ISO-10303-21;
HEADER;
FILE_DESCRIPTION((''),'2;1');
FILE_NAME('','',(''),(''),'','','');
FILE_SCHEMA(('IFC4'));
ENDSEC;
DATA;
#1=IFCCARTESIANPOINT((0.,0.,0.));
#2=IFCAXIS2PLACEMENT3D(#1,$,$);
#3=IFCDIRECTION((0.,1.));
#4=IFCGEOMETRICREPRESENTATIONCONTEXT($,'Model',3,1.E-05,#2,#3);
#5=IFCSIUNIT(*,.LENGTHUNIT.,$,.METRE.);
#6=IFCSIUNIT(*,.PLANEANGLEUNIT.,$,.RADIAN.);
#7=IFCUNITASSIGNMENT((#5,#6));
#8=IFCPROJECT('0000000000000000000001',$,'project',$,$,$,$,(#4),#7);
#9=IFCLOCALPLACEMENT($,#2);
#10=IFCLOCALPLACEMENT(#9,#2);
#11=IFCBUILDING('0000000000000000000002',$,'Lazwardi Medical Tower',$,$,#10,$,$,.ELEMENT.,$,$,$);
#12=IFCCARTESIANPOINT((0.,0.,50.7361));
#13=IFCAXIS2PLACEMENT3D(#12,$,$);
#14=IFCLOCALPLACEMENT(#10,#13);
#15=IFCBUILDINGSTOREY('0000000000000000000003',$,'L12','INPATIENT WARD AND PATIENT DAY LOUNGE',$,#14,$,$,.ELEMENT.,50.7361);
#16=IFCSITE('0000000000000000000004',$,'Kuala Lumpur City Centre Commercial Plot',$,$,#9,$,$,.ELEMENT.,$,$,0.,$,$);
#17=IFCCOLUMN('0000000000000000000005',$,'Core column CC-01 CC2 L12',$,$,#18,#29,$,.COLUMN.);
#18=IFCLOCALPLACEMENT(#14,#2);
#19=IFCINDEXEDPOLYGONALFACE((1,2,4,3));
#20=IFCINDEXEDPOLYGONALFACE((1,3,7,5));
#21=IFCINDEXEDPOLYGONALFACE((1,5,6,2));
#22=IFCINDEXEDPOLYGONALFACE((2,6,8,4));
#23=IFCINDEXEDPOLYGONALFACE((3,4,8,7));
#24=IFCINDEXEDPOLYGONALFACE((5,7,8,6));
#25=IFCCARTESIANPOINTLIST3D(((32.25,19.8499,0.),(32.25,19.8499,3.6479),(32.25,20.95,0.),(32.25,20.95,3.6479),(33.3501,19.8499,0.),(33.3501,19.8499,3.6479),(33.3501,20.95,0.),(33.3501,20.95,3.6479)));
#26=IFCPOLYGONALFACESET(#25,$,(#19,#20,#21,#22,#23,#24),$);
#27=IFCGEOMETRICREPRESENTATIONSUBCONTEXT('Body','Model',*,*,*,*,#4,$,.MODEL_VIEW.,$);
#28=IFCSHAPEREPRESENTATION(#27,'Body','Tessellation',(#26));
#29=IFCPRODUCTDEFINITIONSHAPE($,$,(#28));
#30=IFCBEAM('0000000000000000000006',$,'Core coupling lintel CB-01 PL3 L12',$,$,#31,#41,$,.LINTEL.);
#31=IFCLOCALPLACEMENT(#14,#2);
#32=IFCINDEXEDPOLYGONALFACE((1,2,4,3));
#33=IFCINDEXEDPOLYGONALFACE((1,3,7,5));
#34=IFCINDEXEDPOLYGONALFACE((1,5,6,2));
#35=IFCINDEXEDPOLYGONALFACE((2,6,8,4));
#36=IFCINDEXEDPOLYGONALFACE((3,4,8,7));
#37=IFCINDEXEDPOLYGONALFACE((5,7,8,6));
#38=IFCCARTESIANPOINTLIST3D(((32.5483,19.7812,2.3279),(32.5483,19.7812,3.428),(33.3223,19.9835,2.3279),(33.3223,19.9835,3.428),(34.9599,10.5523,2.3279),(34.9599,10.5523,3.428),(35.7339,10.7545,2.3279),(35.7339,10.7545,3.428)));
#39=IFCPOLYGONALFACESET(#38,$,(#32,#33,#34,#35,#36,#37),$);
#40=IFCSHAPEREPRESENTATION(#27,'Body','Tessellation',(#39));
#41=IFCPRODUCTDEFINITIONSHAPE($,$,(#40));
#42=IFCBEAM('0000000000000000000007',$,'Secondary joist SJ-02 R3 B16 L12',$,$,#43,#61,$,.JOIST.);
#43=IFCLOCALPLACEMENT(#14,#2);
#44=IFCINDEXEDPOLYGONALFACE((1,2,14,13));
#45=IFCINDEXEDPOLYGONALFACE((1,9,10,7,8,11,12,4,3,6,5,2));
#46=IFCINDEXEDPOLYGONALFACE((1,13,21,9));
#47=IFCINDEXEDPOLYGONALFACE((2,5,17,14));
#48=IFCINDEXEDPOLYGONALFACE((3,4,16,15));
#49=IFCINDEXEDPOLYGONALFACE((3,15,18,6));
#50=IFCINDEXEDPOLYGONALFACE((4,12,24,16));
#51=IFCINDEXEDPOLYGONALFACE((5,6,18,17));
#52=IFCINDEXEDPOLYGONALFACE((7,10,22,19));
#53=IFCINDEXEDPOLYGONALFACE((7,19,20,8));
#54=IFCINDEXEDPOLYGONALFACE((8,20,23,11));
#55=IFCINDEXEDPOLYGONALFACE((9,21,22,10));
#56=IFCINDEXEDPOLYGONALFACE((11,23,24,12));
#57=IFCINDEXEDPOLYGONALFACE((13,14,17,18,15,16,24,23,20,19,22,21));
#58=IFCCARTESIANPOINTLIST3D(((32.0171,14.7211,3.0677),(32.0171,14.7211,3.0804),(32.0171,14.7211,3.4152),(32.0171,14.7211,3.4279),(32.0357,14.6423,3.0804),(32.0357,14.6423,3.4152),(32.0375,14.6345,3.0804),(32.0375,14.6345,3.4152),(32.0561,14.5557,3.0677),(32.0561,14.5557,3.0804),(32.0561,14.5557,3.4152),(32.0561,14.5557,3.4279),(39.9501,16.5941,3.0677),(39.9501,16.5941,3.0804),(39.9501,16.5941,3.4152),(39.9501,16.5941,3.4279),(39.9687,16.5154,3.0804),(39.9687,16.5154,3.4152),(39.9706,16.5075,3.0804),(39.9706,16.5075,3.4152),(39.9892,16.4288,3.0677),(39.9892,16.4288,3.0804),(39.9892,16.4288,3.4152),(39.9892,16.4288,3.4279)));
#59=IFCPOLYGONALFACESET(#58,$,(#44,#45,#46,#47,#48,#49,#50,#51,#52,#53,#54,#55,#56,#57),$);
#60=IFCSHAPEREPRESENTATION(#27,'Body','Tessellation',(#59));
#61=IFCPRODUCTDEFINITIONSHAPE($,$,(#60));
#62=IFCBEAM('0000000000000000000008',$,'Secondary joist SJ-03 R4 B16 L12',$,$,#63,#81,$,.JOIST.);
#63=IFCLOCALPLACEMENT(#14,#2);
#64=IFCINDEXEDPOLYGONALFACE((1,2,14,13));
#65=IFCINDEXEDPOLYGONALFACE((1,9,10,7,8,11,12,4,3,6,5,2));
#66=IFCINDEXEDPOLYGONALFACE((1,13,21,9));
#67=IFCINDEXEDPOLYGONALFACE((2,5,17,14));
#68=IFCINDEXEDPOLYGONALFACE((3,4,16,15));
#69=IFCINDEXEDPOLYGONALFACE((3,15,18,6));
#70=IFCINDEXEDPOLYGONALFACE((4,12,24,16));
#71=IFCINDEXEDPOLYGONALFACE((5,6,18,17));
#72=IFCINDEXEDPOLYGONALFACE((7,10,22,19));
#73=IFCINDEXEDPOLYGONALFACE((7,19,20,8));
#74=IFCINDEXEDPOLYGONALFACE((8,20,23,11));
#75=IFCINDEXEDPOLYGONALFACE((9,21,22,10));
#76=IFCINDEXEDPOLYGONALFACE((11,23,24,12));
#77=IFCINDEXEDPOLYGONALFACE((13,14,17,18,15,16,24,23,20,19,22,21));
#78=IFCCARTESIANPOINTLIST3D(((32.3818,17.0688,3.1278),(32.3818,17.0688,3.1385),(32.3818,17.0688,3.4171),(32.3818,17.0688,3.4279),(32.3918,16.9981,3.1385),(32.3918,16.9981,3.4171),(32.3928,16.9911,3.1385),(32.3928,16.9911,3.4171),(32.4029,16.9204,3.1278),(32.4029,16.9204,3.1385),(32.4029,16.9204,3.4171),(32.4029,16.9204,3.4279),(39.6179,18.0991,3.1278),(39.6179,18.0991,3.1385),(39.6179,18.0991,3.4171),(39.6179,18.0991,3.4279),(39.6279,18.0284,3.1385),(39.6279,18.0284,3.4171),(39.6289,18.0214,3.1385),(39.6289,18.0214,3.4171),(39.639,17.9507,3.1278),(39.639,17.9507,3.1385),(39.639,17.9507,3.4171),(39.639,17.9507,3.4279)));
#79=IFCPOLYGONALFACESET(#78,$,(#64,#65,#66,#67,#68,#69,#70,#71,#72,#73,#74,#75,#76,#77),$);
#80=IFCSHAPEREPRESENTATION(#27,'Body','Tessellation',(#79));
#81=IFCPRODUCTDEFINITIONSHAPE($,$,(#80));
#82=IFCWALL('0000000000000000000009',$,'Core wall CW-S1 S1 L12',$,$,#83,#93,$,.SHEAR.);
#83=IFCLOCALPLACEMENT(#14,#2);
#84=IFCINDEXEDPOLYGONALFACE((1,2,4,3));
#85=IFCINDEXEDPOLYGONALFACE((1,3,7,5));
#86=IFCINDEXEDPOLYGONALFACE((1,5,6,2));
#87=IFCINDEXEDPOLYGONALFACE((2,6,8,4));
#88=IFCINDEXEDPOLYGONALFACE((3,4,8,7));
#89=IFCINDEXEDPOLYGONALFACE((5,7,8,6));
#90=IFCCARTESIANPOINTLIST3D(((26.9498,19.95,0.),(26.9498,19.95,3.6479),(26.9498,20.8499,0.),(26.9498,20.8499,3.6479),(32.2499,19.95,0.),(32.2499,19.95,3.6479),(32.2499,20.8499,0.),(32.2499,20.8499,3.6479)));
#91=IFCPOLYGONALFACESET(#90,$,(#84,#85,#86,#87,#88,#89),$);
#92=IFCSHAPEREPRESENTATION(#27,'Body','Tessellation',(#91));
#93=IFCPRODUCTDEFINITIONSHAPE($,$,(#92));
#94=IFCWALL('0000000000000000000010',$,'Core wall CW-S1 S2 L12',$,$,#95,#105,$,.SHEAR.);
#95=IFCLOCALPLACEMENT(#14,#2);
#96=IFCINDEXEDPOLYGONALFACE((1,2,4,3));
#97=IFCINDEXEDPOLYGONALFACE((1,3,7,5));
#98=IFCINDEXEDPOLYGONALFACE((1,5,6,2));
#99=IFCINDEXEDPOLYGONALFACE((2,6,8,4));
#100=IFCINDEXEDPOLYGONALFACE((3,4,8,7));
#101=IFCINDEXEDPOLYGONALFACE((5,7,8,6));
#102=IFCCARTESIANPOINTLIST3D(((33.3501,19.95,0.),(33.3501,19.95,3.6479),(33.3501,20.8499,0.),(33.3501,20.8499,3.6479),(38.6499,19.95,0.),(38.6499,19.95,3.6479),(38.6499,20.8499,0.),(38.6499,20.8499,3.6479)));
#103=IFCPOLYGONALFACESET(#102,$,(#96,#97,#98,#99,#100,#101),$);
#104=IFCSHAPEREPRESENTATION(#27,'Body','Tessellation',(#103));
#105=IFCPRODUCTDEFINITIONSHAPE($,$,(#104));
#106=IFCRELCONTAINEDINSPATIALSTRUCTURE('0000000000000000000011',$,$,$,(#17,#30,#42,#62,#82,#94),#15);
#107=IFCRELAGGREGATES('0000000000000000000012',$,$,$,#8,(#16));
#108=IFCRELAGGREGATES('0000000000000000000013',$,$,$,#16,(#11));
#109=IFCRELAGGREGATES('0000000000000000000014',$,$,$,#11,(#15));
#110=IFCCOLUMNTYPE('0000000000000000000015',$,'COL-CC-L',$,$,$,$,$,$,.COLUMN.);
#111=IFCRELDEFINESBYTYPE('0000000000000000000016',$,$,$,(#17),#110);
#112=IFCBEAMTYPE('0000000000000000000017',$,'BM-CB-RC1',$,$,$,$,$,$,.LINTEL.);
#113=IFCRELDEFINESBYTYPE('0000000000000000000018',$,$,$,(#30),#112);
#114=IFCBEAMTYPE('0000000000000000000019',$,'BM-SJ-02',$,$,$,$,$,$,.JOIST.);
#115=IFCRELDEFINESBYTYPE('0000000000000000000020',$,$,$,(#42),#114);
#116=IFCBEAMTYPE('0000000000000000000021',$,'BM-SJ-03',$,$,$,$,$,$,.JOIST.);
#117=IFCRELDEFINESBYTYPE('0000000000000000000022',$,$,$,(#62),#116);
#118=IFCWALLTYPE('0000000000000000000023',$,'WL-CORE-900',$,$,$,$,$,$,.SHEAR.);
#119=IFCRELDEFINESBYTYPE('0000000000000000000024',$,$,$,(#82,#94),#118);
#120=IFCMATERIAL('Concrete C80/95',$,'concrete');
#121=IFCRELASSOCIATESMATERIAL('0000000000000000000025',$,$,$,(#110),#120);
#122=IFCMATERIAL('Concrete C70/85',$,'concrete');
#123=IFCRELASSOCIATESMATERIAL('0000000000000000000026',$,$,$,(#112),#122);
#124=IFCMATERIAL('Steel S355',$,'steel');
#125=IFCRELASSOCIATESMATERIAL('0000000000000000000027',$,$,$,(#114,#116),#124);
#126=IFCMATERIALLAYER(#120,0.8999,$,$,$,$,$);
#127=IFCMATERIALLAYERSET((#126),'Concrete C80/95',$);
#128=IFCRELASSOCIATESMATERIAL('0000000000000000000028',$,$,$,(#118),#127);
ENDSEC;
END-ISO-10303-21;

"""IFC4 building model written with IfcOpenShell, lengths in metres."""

from ifc_helpers import new_model, si_unit, direction, frame, frame_2d, origin, origin_2d, place, context, subcontext, project, spatial, rectangle, i_section, extrude, material, layer, layer_set, material_profile, profile_set, type_object, element, save


model = new_model("IFC4")

# Units and contexts
model_context = context("Model", 3, precision=1e-05, world=origin(), true_north=direction((0.0, 1.0)))
body_context = subcontext(model_context, "Body", "Model", "MODEL_VIEW")
ifc_project = project(units=[si_unit("LENGTHUNIT", "METRE"), si_unit("PLANEANGLEUNIT", "RADIAN")], contexts=[model_context])

# Site, building, storey
site_placement = place(None, origin())
site = spatial("IfcSite", under=ifc_project, at=site_placement, Name="Kuala Lumpur City Centre Commercial Plot", CompositionType="ELEMENT", RefElevation=0.0)
building_placement = place(site_placement, origin())
building = spatial("IfcBuilding", under=site, at=building_placement, Name="Lazwardi Medical Tower", CompositionType="ELEMENT")
storey_placement = place(building_placement, frame((0.0, 0.0, 50.7361)))
storey = spatial("IfcBuildingStorey", under=building, at=storey_placement, Name="L12", Description="INPATIENT WARD AND PATIENT DAY LOUNGE", CompositionType="ELEMENT", Elevation=50.7361)

# Column
ifc_material_1 = material(Name="Concrete C80/95", Category="concrete")
ifc_material_profile_1 = material_profile(ifc_material_1, rectangle(XDim=1.1001, YDim=1.1001, at=origin_2d()), Name="RC 1100x1100")
ifc_profile_set_1 = profile_set([ifc_material_profile_1], Name="Concrete C80/95")
column_type = type_object("IfcColumnType", Name="COL-CC-L", PredefinedType="COLUMN", material=ifc_profile_set_1)
column_placement = place(storey_placement, frame((32.8, 20.3999, 0.0), z_axis=(0.0, 0.0, 1.0), x_axis=(1.0, 0.0, 0.0)))
element("IfcColumn", 1, at=column_placement, inside=storey, type_object=column_type, Name="Core column CC-01 CC2 L12", PredefinedType="COLUMN", context=body_context, shape_type="SweptSolid", body=[
    extrude(rectangle(XDim=1.1001, YDim=1.1001, at=origin_2d()), origin(), (0.0, 0.0, 1.0), 3.6479),
])

# Beams
ifc_material_2 = material(Name="Concrete C70/85", Category="concrete")
ifc_material_profile_2 = material_profile(ifc_material_2, rectangle(XDim=0.8, YDim=1.1001, at=origin_2d()), Name="RC 800x1100")
ifc_profile_set_2 = profile_set([ifc_material_profile_2], Name="Concrete C70/85")
beam_type_1 = type_object("IfcBeamType", Name="BM-CB-RC1", PredefinedType="LINTEL", material=ifc_profile_set_2)
beam_1_placement = place(storey_placement, frame((32.9353, 19.8823, 2.8779), z_axis=(0.25282, -0.967513, 0.0), x_axis=(0.967513, 0.25282, 0.0)))
element("IfcBeam", 2, at=beam_1_placement, inside=storey, type_object=beam_type_1, Name="Core coupling lintel CB-01 PL3 L12", PredefinedType="LINTEL", context=body_context, shape_type="SweptSolid", body=[
    extrude(rectangle(XDim=0.8, YDim=1.1001, at=origin_2d()), origin(), (0.0, 0.0, 1.0), 9.5388),
])
ifc_material_3 = material(Name="Steel S355", Category="steel")
ifc_material_profile_3 = material_profile(ifc_material_3, i_section(OverallWidth=0.1699, OverallDepth=0.3601, WebThickness=0.0081, FlangeThickness=0.0127, at=origin_2d()), Name="IPE 360")
ifc_profile_set_3 = profile_set([ifc_material_profile_3], Name="Steel S355")
beam_type_2 = type_object("IfcBeamType", Name="BM-SJ-02", PredefinedType="JOIST", material=ifc_profile_set_3)
beam_2_placement = place(storey_placement, frame((32.0366, 14.6384, 3.2478), z_axis=(0.973241, 0.229787, 0.0), x_axis=(-0.229787, 0.973241, 0.0)))
element("IfcBeam", 3, at=beam_2_placement, inside=storey, type_object=beam_type_2, Name="Secondary joist SJ-02 R3 B16 L12", PredefinedType="JOIST", context=body_context, shape_type="SweptSolid", body=[
    extrude(i_section(OverallWidth=0.1699, OverallDepth=0.3601, WebThickness=0.0081, FlangeThickness=0.0127, at=origin_2d()), origin(), (0.0, 0.0, 1.0), 8.1511),
])
ifc_material_profile_4 = material_profile(ifc_material_3, i_section(OverallWidth=0.1499, OverallDepth=0.3, WebThickness=0.0071, FlangeThickness=0.0107, at=origin_2d()), Name="IPE 300")
ifc_profile_set_4 = profile_set([ifc_material_profile_4], Name="Steel S355")
beam_type_3 = type_object("IfcBeamType", Name="BM-SJ-03", PredefinedType="JOIST", material=ifc_profile_set_4)
beam_3_placement = place(storey_placement, frame((32.3923, 16.9946, 3.2778), z_axis=(0.990016, 0.140958, 0.0), x_axis=(-0.140958, 0.990016, 0.0)))
element("IfcBeam", 4, at=beam_3_placement, inside=storey, type_object=beam_type_3, Name="Secondary joist SJ-03 R4 B16 L12", PredefinedType="JOIST", context=body_context, shape_type="SweptSolid", body=[
    extrude(i_section(OverallWidth=0.1499, OverallDepth=0.3, WebThickness=0.0071, FlangeThickness=0.0107, at=origin_2d()), origin(), (0.0, 0.0, 1.0), 7.3091),
])

# Walls
ifc_layer_1 = layer(ifc_material_1, 0.8999)
ifc_layer_set_1 = layer_set([ifc_layer_1], Name="Concrete C80/95")
wall_type_1 = type_object("IfcWallType", Name="WL-CORE-900", PredefinedType="SHEAR", material=ifc_layer_set_1)
wall_1_placement = place(storey_placement, frame((26.95, 20.3999, 0.0), z_axis=(0.0, 0.0, 1.0), x_axis=(1.0, 0.0, 0.0)))
element("IfcWall", 5, at=wall_1_placement, inside=storey, type_object=wall_type_1, Name="Core wall CW-S1 S1 L12", PredefinedType="SHEAR", context=body_context, shape_type="SweptSolid", body=[
    extrude(rectangle(XDim=5.3, YDim=0.8999, at=frame_2d((2.6499, 0.0))), origin(), (0.0, 0.0, 1.0), 3.6479),
])
wall_2_placement = place(storey_placement, frame((33.3501, 20.3999, 0.0), z_axis=(0.0, 0.0, 1.0), x_axis=(1.0, 0.0, 0.0)))
element("IfcWall", 6, at=wall_2_placement, inside=storey, type_object=wall_type_1, Name="Core wall CW-S1 S2 L12", PredefinedType="SHEAR", context=body_context, shape_type="SweptSolid", body=[
    extrude(rectangle(XDim=5.2998, YDim=0.8999, at=frame_2d((2.6499, 0.0))), origin(), (0.0, 0.0, 1.0), 3.6479),
])

save(model, "model.ifc")
